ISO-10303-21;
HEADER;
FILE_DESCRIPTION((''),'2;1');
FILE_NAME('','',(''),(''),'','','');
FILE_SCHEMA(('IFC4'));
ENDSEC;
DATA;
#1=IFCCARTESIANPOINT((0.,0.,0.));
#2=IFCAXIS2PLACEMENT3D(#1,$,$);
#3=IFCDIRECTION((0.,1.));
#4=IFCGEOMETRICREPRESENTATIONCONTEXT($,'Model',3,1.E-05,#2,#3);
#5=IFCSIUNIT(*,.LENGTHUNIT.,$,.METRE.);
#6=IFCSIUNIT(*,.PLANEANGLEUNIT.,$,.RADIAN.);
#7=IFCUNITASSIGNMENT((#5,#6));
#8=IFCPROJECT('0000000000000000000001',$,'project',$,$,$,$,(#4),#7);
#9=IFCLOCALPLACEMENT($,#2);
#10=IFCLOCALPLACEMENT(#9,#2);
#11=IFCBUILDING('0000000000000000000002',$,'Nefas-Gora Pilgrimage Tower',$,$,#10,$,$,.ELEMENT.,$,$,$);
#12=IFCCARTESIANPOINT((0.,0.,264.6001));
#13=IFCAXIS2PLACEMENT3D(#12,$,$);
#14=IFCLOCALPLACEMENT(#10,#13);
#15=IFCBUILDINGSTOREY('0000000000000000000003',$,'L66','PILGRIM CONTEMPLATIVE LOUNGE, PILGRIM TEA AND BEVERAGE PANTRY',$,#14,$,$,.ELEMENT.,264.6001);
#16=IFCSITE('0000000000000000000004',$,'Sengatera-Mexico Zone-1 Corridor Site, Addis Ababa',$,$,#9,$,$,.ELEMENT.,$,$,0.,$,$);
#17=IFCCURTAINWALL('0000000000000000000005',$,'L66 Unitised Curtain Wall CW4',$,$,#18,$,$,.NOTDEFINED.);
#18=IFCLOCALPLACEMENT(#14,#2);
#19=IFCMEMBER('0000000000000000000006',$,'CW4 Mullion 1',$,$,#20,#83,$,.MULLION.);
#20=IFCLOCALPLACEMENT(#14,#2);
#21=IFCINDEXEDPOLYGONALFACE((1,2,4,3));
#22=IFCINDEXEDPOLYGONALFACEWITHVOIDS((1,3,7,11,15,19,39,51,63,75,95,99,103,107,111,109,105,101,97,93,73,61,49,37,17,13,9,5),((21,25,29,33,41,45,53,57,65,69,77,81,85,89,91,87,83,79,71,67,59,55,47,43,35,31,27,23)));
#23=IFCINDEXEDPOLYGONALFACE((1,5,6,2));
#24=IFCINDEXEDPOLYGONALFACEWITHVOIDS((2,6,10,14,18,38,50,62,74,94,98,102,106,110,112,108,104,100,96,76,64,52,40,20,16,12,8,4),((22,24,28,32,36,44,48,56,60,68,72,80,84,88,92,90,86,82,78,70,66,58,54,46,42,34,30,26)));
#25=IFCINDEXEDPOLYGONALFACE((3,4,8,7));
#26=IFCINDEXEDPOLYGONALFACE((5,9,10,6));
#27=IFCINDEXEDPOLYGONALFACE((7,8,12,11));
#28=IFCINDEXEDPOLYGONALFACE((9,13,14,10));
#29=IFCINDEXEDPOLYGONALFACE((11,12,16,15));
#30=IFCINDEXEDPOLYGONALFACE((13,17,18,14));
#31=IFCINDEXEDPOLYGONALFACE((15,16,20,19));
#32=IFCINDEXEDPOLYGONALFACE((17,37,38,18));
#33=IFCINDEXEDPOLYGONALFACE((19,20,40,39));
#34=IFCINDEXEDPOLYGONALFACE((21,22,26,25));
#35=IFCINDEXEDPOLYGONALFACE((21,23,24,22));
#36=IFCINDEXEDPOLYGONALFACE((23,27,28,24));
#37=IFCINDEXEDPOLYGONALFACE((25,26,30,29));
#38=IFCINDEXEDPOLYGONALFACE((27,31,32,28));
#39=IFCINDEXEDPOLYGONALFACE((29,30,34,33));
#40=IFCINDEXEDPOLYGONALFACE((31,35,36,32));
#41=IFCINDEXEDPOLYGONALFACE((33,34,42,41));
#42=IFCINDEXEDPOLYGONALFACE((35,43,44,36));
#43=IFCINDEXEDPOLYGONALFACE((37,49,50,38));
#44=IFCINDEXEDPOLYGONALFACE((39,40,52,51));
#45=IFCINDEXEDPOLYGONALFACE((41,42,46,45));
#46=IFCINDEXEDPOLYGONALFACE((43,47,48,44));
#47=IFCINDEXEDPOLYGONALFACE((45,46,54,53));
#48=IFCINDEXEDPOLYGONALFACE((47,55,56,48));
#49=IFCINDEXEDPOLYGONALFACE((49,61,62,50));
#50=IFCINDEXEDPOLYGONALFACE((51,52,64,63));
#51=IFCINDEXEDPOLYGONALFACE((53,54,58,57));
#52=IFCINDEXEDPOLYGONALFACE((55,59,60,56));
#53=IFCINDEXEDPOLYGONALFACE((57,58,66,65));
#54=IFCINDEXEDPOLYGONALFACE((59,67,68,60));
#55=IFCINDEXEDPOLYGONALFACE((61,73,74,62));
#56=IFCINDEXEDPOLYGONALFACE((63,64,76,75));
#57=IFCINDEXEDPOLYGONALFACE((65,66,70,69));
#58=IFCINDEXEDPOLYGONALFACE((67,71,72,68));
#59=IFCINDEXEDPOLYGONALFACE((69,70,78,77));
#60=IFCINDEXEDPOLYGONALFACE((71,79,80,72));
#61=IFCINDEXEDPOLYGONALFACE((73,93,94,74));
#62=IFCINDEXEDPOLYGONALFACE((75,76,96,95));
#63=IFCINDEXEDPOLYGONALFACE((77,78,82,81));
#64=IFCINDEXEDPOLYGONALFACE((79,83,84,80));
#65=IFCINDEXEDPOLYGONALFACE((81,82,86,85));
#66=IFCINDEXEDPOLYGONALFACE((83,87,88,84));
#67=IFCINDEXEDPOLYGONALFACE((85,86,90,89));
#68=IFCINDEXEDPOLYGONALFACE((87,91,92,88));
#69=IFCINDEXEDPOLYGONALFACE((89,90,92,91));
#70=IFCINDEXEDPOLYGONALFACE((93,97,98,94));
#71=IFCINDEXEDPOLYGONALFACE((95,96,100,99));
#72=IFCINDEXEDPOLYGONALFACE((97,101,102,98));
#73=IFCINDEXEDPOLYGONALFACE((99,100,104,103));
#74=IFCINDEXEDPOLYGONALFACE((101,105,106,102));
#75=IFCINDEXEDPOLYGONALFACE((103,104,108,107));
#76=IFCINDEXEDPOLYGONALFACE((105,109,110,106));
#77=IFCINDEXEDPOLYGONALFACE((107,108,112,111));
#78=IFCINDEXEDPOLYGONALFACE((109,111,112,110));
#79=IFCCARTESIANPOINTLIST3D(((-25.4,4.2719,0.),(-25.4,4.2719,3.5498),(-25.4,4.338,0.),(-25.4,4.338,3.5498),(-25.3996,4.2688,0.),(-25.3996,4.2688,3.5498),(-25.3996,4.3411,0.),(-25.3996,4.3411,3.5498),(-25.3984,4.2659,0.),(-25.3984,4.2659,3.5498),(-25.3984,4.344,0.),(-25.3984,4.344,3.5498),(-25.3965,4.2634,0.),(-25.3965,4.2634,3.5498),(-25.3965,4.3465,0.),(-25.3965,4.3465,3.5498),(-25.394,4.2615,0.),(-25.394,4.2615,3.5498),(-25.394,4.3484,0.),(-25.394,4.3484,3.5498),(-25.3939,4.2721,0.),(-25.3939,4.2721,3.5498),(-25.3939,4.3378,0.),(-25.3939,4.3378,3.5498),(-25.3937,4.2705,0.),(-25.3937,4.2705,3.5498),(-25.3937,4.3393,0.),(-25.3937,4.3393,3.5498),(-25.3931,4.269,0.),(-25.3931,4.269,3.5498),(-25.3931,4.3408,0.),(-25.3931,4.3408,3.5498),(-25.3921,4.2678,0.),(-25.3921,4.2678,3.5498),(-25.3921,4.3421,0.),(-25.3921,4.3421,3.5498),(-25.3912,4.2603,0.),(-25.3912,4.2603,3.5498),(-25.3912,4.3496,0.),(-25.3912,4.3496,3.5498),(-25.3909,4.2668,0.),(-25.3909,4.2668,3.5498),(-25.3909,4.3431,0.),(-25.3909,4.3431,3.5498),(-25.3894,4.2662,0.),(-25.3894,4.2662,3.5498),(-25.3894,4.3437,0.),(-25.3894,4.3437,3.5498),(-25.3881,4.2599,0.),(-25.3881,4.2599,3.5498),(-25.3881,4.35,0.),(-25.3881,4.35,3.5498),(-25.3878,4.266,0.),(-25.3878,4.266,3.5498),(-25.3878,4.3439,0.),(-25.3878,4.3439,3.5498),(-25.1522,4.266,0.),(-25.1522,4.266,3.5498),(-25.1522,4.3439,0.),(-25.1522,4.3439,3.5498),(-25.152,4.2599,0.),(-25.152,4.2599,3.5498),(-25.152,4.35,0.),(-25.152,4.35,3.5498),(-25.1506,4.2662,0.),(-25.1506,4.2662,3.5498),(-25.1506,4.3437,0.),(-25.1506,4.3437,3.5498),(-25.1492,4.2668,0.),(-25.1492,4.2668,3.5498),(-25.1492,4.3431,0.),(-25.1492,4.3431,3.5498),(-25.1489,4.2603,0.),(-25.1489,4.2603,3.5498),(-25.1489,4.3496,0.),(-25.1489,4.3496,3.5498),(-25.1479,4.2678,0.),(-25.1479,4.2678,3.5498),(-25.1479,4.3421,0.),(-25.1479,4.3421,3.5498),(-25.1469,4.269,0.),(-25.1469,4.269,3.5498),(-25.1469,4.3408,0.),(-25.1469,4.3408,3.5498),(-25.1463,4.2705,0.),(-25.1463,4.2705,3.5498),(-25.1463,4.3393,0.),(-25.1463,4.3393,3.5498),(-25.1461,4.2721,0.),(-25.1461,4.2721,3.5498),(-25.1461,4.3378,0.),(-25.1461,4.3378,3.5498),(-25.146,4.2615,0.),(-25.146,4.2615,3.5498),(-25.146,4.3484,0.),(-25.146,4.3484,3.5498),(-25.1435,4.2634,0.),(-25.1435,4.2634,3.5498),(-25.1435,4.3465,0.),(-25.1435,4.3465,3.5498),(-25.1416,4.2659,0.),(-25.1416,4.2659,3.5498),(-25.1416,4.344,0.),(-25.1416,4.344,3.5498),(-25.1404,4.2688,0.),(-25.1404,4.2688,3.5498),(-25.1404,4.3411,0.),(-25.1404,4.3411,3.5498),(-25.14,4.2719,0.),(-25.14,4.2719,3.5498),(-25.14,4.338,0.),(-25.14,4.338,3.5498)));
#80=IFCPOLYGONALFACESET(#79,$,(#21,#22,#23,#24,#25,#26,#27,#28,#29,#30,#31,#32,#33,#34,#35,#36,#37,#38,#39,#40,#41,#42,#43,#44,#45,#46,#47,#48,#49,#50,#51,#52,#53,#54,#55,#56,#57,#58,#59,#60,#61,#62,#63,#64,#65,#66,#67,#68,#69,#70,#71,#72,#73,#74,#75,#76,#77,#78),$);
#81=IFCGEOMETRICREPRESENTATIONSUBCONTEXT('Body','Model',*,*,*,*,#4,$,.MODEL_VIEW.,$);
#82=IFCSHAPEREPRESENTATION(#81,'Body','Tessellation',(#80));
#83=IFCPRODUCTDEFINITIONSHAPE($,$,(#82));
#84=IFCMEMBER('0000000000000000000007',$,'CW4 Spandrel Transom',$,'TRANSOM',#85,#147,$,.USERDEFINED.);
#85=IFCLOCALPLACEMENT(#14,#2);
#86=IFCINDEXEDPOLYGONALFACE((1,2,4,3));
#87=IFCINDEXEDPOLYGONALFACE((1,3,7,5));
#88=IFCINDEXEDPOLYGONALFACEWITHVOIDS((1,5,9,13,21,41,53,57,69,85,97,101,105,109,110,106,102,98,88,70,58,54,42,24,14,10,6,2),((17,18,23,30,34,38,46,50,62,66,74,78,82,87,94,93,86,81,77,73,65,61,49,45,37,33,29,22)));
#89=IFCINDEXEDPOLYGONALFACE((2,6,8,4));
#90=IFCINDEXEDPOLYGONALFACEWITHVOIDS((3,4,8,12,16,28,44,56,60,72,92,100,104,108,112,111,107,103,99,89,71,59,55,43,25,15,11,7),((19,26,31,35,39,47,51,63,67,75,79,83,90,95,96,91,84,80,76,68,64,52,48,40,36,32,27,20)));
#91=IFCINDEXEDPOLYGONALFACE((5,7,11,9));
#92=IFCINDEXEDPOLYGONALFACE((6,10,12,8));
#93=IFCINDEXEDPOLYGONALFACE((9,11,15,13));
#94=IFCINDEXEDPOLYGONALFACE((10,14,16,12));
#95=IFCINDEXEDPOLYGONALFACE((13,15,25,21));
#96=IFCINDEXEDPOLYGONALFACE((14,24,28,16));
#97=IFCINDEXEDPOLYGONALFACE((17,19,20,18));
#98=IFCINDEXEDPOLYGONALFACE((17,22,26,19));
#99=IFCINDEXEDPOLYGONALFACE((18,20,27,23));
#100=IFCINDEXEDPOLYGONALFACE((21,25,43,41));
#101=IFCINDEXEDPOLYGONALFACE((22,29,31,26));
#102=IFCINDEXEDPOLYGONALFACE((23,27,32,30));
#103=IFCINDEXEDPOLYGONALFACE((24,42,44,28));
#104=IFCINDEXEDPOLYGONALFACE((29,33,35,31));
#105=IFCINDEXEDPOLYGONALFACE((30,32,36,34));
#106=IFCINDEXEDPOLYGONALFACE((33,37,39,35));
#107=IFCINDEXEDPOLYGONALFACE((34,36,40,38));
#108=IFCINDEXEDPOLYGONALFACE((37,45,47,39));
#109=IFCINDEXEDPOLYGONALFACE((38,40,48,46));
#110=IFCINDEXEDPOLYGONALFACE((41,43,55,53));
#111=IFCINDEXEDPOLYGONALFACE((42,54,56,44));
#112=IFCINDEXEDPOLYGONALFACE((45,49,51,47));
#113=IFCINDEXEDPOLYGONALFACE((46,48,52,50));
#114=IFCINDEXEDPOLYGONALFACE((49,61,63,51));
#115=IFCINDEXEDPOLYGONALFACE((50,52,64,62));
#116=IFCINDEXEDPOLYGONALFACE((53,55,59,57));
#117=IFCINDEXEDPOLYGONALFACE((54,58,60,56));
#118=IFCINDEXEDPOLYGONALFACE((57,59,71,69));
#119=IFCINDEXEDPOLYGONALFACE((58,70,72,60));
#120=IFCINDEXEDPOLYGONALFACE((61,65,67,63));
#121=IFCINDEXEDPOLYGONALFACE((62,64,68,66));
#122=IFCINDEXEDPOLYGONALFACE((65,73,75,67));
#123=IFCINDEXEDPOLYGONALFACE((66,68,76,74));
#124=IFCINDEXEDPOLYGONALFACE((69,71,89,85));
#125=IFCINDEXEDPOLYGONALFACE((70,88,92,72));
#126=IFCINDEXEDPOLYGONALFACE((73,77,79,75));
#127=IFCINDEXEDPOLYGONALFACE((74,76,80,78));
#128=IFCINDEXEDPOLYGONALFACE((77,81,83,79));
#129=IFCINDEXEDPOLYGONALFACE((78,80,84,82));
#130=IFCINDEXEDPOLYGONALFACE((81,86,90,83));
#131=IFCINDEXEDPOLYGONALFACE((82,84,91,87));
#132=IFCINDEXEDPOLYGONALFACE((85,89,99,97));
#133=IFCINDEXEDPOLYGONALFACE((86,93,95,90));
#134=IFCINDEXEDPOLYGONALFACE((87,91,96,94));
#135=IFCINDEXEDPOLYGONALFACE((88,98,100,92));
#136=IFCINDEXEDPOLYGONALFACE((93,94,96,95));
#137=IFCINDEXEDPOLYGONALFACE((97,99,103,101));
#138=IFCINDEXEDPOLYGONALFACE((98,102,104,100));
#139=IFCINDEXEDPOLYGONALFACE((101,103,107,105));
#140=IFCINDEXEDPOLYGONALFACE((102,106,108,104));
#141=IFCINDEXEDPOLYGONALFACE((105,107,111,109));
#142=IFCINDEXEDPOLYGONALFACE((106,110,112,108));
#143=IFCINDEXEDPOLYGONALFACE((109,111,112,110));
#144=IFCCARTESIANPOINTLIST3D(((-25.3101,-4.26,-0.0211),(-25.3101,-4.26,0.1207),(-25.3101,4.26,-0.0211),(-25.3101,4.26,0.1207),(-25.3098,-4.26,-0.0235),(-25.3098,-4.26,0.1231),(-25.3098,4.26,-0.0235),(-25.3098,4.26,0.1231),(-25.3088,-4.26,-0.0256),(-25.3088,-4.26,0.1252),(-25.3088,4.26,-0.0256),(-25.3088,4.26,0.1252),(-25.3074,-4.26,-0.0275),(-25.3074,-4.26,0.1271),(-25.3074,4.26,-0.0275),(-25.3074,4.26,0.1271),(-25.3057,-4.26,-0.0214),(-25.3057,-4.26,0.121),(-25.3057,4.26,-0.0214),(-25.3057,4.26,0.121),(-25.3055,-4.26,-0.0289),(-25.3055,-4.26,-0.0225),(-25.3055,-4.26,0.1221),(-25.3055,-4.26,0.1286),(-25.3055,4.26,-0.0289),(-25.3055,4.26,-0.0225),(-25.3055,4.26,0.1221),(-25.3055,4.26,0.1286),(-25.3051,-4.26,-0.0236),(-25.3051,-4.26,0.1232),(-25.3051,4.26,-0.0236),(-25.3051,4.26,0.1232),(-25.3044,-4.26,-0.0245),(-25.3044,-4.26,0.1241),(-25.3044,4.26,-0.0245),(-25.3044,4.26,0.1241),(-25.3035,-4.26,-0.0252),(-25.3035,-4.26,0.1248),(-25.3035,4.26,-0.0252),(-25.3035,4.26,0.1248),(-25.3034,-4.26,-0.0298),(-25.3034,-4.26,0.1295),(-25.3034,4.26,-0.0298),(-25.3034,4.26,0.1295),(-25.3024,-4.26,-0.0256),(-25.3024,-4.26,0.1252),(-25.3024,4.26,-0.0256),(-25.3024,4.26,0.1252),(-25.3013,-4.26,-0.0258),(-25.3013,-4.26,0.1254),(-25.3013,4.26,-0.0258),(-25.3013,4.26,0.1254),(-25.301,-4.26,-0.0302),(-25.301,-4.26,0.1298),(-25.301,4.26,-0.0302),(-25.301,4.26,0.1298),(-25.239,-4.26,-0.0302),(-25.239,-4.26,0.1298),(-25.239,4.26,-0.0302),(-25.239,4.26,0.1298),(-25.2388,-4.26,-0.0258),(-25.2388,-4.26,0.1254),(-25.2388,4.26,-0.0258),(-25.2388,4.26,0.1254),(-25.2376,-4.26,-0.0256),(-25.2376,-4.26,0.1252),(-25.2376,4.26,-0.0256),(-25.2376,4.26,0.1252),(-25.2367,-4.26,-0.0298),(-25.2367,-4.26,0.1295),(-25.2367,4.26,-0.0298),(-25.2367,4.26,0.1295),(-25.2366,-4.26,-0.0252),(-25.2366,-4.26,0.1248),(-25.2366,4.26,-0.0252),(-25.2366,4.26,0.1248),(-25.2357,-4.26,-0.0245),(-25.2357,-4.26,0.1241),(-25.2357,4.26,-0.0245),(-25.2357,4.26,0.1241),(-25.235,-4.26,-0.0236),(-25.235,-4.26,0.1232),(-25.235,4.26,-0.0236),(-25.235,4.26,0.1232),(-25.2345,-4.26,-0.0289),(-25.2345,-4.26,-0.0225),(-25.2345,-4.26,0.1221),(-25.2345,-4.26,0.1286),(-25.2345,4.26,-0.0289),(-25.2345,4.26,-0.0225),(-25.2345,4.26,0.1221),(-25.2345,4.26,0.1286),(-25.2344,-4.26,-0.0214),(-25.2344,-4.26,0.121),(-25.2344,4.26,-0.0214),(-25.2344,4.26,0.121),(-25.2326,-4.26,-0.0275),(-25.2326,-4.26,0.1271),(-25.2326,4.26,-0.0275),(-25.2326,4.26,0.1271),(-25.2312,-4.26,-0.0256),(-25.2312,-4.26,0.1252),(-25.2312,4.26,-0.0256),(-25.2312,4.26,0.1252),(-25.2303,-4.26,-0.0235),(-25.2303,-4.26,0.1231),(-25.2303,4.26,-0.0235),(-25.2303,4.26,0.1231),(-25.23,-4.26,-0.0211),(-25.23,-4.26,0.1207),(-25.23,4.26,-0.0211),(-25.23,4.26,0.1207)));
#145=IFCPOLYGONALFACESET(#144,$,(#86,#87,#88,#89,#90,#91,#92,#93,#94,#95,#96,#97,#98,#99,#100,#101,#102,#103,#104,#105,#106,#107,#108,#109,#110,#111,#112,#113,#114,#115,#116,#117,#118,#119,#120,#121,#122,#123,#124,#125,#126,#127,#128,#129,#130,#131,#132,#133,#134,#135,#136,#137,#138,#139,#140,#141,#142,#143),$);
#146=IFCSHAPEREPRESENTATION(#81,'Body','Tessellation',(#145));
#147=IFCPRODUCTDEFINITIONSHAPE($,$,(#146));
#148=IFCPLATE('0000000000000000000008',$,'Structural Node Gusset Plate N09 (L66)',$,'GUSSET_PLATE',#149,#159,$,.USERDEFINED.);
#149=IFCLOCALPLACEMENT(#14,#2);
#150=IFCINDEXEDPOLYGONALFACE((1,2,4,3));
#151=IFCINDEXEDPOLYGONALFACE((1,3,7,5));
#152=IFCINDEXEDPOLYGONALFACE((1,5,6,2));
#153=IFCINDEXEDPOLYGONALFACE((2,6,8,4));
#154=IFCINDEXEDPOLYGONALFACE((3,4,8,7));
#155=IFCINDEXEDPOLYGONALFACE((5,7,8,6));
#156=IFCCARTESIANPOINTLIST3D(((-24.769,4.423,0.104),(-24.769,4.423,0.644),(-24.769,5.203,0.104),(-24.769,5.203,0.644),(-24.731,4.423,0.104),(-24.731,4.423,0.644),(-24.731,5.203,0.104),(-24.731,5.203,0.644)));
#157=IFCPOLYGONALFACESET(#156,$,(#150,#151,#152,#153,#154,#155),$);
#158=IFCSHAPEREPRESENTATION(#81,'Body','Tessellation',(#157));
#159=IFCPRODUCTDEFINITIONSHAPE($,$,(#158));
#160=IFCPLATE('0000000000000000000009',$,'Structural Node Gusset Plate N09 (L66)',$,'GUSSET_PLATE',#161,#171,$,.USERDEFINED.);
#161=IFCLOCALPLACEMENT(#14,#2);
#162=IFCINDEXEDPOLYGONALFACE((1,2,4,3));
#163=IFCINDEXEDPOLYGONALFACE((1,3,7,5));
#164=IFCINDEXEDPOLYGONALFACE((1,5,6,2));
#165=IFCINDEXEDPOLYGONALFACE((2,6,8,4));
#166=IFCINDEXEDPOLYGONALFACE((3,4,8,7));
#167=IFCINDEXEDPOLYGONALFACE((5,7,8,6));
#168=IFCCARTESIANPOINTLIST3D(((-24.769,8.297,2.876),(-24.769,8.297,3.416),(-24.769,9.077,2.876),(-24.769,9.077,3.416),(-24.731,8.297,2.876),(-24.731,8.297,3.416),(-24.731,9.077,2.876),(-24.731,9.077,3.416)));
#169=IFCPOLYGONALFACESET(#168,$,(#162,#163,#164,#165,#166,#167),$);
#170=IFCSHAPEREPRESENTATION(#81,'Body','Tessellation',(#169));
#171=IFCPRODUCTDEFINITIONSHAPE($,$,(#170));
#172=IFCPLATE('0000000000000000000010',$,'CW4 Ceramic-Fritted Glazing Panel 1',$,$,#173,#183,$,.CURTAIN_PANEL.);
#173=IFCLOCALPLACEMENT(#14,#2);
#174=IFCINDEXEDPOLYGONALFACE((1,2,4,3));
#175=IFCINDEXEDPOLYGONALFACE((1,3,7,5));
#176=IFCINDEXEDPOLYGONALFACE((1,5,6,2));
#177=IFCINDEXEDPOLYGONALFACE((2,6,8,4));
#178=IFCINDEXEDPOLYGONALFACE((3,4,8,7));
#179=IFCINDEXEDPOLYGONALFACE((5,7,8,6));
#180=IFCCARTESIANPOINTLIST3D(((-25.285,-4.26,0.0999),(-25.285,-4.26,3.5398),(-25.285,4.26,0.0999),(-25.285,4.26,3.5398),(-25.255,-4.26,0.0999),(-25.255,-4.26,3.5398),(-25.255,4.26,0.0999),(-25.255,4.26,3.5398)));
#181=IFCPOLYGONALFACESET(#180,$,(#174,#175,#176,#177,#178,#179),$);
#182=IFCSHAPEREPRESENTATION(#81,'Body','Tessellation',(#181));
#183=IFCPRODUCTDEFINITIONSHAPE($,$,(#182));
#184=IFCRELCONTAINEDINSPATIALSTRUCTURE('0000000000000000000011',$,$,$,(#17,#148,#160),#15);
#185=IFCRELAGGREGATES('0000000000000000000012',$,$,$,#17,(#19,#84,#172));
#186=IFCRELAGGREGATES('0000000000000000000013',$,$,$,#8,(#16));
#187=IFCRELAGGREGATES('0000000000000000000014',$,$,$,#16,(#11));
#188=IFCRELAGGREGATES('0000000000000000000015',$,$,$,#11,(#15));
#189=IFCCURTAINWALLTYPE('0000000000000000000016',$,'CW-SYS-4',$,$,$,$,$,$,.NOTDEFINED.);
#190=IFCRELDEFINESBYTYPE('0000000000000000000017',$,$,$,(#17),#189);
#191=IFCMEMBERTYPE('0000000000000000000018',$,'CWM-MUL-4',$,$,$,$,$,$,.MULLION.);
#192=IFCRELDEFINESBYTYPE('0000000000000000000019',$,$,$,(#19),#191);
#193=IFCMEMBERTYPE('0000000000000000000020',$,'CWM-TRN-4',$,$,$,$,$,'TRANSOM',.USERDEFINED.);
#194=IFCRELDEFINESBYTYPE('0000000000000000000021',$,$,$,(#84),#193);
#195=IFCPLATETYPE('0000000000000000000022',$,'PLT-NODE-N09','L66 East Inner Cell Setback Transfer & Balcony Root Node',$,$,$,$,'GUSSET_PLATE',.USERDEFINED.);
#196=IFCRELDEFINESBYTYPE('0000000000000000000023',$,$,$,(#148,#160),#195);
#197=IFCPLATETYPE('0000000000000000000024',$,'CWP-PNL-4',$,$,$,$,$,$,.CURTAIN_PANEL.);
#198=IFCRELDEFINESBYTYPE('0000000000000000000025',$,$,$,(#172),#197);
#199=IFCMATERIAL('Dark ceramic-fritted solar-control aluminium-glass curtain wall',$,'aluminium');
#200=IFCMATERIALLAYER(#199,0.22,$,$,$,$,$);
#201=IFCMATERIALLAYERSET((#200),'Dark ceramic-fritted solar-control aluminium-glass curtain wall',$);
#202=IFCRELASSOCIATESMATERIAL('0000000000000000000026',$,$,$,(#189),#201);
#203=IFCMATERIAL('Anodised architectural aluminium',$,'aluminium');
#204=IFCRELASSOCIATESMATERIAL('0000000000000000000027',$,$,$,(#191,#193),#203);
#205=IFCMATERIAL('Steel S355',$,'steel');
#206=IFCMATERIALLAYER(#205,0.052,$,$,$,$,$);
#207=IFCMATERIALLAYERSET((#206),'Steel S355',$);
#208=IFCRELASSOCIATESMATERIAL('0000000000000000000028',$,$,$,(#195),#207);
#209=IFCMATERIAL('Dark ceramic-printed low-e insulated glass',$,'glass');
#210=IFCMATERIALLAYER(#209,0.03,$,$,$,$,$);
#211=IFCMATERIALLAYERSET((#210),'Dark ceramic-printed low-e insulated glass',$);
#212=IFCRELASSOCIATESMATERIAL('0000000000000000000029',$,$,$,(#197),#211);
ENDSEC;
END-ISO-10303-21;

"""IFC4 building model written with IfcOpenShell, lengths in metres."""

from ifc_helpers import new_model, si_unit, direction, frame, origin, origin_2d, place, context, subcontext, project, spatial, rectangle, hollow_rectangle, extrude, source, transform, mapped, material, layer, layer_set, material_profile, profile_set, type_object, element, aggregate, save


model = new_model("IFC4")

# Units and contexts
model_context = context("Model", 3, precision=1e-05, world=origin(), true_north=direction((0.0, 1.0)))
body_context = subcontext(model_context, "Body", "Model", "MODEL_VIEW")
ifc_project = project(units=[si_unit("LENGTHUNIT", "METRE"), si_unit("PLANEANGLEUNIT", "RADIAN")], contexts=[model_context])

# Site, building, storey
site_placement = place(None, origin())
site = spatial("IfcSite", under=ifc_project, at=site_placement, Name="Sengatera-Mexico Zone-1 Corridor Site, Addis Ababa", CompositionType="ELEMENT", RefElevation=0.0)
building_placement = place(site_placement, origin())
building = spatial("IfcBuilding", under=site, at=building_placement, Name="Nefas-Gora Pilgrimage Tower", CompositionType="ELEMENT")
storey_placement = place(building_placement, frame((0.0, 0.0, 264.6001)))
storey = spatial("IfcBuildingStorey", under=building, at=storey_placement, Name="L66", Description="PILGRIM CONTEMPLATIVE LOUNGE, PILGRIM TEA AND BEVERAGE PANTRY", CompositionType="ELEMENT", Elevation=264.6001)

# Shared definitions
ifc_material_1 = material(Name="Steel S355", Category="steel")

# Shared definitions
ifc_material_2 = material(Name="Dark ceramic-fritted solar-control aluminium-glass curtain wall", Category="aluminium")
ifc_layer_1 = layer(ifc_material_2, 0.22)
ifc_layer_set_1 = layer_set([ifc_layer_1], Name="Dark ceramic-fritted solar-control aluminium-glass curtain wall")
curtain_wall_type = type_object("IfcCurtainWallType", Name="CW-SYS-4", PredefinedType="NOTDEFINED", material=ifc_layer_set_1)
ifc_material_3 = material(Name="Anodised architectural aluminium", Category="aluminium")
ifc_material_profile_1 = material_profile(ifc_material_3, hollow_rectangle(XDim=0.0901, YDim=0.26, WallThickness=0.0061, InnerFilletRadius=0.0061, OuterFilletRadius=0.012, at=origin_2d()), Name="ALU MULLION 90x260")
ifc_profile_set_1 = profile_set([ifc_material_profile_1], Name="Anodised architectural aluminium")
member_type_1 = type_object("IfcMemberType", Name="CWM-MUL-4", PredefinedType="MULLION", material=ifc_profile_set_1)
shared_shape_1 = source(origin(), body_context, "Body", "SweptSolid", [
    extrude(hollow_rectangle(XDim=0.0901, YDim=0.26, WallThickness=0.0061, InnerFilletRadius=0.0061, OuterFilletRadius=0.012, at=origin_2d()), origin(), (0.0, 0.0, 1.0), 3.5498),
])

# Curtain wall, members
curtain_wall_1_placement = place(storey_placement, origin())
curtain_wall_1 = element("IfcCurtainWall", 1, at=curtain_wall_1_placement, inside=storey, type_object=curtain_wall_type, Name="L66 Unitised Curtain Wall CW4", PredefinedType="NOTDEFINED")
member_1_placement = place(storey_placement, frame((-25.27, 4.3049, 0.0), z_axis=(0.0, 0.0, 1.0), x_axis=(0.0, -1.0, 0.0)))
member_1 = element("IfcMember", 2, at=member_1_placement, type_object=member_type_1, Name="CW4 Mullion 1", PredefinedType="MULLION", context=body_context, shape_type="MappedRepresentation", body=[
    mapped(shared_shape_1, transform((0.0, 0.0, 0.0), x_axis=(1.0, 0.0, 0.0), y_axis=(0.0, 1.0, 0.0), z_axis=(0.0, 0.0, 1.0), scale=1.0)),
])
ifc_material_profile_2 = material_profile(ifc_material_3, hollow_rectangle(XDim=0.0801, YDim=0.1599, WallThickness=0.0044, InnerFilletRadius=0.0044, OuterFilletRadius=0.009, at=origin_2d()), Name="ALU TRANSOM 80x160")
ifc_profile_set_2 = profile_set([ifc_material_profile_2], Name="Anodised architectural aluminium")
member_type_2 = type_object("IfcMemberType", Name="CWM-TRN-4", ElementType="TRANSOM", PredefinedType="USERDEFINED", material=ifc_profile_set_2)
shared_shape_2 = source(origin(), body_context, "Body", "SweptSolid", [
    extrude(hollow_rectangle(XDim=0.0801, YDim=0.1599, WallThickness=0.0044, InnerFilletRadius=0.0044, OuterFilletRadius=0.009, at=origin_2d()), origin(), (0.0, 0.0, 1.0), 8.52),
])
member_2_placement = place(storey_placement, frame((-25.27, 4.26, 0.0498), z_axis=(0.0, -1.0, 0.0), x_axis=(1.0, 0.0, 0.0)))
member_2 = element("IfcMember", 3, at=member_2_placement, type_object=member_type_2, Name="CW4 Spandrel Transom", ObjectType="TRANSOM", PredefinedType="USERDEFINED", context=body_context, shape_type="MappedRepresentation", body=[
    mapped(shared_shape_2, transform((0.0, 0.0, 0.0), x_axis=(1.0, 0.0, 0.0), y_axis=(0.0, 1.0, 0.0), z_axis=(0.0, 0.0, 1.0), scale=1.0)),
])

# Plates
ifc_layer_2 = layer(ifc_material_1, 0.052)
ifc_layer_set_2 = layer_set([ifc_layer_2], Name="Steel S355")
plate_type_1 = type_object("IfcPlateType", Name="PLT-NODE-N09", Description="L66 East Inner Cell Setback Transfer & Balcony Root Node", ElementType="GUSSET_PLATE", PredefinedType="USERDEFINED", material=ifc_layer_set_2)
shared_shape_3 = source(origin(), body_context, "Body", "SweptSolid", [
    extrude(rectangle(XDim=0.78, YDim=0.0381, at=origin_2d()), origin(), (0.0, 0.0, 1.0), 0.54),
])
for number, where, z_axis, x_axis, name in (
    (4, (-24.75, 4.813, 0.104), (0.0, 0.0, 1.0), (0.0, 1.0, 0.0), "Structural Node Gusset Plate N09 (L66)"),
    (5, (-24.75, 8.687, 2.876), (0.0, 0.0, 1.0), (0.0, 1.0, 0.0), "Structural Node Gusset Plate N09 (L66)"),
):
    element("IfcPlate", number, at=place(storey_placement, frame(where, z_axis=z_axis, x_axis=x_axis)), inside=storey, type_object=plate_type_1, Name=name, ObjectType="GUSSET_PLATE", PredefinedType="USERDEFINED", context=body_context, shape_type="MappedRepresentation", body=[
        mapped(shared_shape_3, transform((0.0, 0.0, 0.0), x_axis=(1.0, 0.0, 0.0), y_axis=(0.0, 1.0, 0.0), z_axis=(0.0, 0.0, 1.0), scale=1.0)),
    ])

# Plate
ifc_material_4 = material(Name="Dark ceramic-printed low-e insulated glass", Category="glass")
ifc_layer_3 = layer(ifc_material_4, 0.03)
ifc_layer_set_3 = layer_set([ifc_layer_3], Name="Dark ceramic-printed low-e insulated glass")
plate_type_2 = type_object("IfcPlateType", Name="CWP-PNL-4", PredefinedType="CURTAIN_PANEL", material=ifc_layer_set_3)
shared_shape_4 = source(origin(), body_context, "Body", "SweptSolid", [
    extrude(rectangle(XDim=8.52, YDim=0.03, at=origin_2d()), origin(), (0.0, 0.0, 1.0), 3.4399),
])
plate_placement = place(storey_placement, frame((-25.27, 0.0, 0.0999), z_axis=(0.0, 0.0, 1.0), x_axis=(0.0, -1.0, 0.0)))
plate = element("IfcPlate", 6, at=plate_placement, type_object=plate_type_2, Name="CW4 Ceramic-Fritted Glazing Panel 1", PredefinedType="CURTAIN_PANEL", context=body_context, shape_type="MappedRepresentation", body=[
    mapped(shared_shape_4, transform((0.0, 0.0, 0.0), x_axis=(1.0, 0.0, 0.0), y_axis=(0.0, 1.0, 0.0), z_axis=(0.0, 0.0, 1.0), scale=1.0)),
])
aggregate(curtain_wall_1, [member_1, member_2, plate])

save(model, "model.ifc")
